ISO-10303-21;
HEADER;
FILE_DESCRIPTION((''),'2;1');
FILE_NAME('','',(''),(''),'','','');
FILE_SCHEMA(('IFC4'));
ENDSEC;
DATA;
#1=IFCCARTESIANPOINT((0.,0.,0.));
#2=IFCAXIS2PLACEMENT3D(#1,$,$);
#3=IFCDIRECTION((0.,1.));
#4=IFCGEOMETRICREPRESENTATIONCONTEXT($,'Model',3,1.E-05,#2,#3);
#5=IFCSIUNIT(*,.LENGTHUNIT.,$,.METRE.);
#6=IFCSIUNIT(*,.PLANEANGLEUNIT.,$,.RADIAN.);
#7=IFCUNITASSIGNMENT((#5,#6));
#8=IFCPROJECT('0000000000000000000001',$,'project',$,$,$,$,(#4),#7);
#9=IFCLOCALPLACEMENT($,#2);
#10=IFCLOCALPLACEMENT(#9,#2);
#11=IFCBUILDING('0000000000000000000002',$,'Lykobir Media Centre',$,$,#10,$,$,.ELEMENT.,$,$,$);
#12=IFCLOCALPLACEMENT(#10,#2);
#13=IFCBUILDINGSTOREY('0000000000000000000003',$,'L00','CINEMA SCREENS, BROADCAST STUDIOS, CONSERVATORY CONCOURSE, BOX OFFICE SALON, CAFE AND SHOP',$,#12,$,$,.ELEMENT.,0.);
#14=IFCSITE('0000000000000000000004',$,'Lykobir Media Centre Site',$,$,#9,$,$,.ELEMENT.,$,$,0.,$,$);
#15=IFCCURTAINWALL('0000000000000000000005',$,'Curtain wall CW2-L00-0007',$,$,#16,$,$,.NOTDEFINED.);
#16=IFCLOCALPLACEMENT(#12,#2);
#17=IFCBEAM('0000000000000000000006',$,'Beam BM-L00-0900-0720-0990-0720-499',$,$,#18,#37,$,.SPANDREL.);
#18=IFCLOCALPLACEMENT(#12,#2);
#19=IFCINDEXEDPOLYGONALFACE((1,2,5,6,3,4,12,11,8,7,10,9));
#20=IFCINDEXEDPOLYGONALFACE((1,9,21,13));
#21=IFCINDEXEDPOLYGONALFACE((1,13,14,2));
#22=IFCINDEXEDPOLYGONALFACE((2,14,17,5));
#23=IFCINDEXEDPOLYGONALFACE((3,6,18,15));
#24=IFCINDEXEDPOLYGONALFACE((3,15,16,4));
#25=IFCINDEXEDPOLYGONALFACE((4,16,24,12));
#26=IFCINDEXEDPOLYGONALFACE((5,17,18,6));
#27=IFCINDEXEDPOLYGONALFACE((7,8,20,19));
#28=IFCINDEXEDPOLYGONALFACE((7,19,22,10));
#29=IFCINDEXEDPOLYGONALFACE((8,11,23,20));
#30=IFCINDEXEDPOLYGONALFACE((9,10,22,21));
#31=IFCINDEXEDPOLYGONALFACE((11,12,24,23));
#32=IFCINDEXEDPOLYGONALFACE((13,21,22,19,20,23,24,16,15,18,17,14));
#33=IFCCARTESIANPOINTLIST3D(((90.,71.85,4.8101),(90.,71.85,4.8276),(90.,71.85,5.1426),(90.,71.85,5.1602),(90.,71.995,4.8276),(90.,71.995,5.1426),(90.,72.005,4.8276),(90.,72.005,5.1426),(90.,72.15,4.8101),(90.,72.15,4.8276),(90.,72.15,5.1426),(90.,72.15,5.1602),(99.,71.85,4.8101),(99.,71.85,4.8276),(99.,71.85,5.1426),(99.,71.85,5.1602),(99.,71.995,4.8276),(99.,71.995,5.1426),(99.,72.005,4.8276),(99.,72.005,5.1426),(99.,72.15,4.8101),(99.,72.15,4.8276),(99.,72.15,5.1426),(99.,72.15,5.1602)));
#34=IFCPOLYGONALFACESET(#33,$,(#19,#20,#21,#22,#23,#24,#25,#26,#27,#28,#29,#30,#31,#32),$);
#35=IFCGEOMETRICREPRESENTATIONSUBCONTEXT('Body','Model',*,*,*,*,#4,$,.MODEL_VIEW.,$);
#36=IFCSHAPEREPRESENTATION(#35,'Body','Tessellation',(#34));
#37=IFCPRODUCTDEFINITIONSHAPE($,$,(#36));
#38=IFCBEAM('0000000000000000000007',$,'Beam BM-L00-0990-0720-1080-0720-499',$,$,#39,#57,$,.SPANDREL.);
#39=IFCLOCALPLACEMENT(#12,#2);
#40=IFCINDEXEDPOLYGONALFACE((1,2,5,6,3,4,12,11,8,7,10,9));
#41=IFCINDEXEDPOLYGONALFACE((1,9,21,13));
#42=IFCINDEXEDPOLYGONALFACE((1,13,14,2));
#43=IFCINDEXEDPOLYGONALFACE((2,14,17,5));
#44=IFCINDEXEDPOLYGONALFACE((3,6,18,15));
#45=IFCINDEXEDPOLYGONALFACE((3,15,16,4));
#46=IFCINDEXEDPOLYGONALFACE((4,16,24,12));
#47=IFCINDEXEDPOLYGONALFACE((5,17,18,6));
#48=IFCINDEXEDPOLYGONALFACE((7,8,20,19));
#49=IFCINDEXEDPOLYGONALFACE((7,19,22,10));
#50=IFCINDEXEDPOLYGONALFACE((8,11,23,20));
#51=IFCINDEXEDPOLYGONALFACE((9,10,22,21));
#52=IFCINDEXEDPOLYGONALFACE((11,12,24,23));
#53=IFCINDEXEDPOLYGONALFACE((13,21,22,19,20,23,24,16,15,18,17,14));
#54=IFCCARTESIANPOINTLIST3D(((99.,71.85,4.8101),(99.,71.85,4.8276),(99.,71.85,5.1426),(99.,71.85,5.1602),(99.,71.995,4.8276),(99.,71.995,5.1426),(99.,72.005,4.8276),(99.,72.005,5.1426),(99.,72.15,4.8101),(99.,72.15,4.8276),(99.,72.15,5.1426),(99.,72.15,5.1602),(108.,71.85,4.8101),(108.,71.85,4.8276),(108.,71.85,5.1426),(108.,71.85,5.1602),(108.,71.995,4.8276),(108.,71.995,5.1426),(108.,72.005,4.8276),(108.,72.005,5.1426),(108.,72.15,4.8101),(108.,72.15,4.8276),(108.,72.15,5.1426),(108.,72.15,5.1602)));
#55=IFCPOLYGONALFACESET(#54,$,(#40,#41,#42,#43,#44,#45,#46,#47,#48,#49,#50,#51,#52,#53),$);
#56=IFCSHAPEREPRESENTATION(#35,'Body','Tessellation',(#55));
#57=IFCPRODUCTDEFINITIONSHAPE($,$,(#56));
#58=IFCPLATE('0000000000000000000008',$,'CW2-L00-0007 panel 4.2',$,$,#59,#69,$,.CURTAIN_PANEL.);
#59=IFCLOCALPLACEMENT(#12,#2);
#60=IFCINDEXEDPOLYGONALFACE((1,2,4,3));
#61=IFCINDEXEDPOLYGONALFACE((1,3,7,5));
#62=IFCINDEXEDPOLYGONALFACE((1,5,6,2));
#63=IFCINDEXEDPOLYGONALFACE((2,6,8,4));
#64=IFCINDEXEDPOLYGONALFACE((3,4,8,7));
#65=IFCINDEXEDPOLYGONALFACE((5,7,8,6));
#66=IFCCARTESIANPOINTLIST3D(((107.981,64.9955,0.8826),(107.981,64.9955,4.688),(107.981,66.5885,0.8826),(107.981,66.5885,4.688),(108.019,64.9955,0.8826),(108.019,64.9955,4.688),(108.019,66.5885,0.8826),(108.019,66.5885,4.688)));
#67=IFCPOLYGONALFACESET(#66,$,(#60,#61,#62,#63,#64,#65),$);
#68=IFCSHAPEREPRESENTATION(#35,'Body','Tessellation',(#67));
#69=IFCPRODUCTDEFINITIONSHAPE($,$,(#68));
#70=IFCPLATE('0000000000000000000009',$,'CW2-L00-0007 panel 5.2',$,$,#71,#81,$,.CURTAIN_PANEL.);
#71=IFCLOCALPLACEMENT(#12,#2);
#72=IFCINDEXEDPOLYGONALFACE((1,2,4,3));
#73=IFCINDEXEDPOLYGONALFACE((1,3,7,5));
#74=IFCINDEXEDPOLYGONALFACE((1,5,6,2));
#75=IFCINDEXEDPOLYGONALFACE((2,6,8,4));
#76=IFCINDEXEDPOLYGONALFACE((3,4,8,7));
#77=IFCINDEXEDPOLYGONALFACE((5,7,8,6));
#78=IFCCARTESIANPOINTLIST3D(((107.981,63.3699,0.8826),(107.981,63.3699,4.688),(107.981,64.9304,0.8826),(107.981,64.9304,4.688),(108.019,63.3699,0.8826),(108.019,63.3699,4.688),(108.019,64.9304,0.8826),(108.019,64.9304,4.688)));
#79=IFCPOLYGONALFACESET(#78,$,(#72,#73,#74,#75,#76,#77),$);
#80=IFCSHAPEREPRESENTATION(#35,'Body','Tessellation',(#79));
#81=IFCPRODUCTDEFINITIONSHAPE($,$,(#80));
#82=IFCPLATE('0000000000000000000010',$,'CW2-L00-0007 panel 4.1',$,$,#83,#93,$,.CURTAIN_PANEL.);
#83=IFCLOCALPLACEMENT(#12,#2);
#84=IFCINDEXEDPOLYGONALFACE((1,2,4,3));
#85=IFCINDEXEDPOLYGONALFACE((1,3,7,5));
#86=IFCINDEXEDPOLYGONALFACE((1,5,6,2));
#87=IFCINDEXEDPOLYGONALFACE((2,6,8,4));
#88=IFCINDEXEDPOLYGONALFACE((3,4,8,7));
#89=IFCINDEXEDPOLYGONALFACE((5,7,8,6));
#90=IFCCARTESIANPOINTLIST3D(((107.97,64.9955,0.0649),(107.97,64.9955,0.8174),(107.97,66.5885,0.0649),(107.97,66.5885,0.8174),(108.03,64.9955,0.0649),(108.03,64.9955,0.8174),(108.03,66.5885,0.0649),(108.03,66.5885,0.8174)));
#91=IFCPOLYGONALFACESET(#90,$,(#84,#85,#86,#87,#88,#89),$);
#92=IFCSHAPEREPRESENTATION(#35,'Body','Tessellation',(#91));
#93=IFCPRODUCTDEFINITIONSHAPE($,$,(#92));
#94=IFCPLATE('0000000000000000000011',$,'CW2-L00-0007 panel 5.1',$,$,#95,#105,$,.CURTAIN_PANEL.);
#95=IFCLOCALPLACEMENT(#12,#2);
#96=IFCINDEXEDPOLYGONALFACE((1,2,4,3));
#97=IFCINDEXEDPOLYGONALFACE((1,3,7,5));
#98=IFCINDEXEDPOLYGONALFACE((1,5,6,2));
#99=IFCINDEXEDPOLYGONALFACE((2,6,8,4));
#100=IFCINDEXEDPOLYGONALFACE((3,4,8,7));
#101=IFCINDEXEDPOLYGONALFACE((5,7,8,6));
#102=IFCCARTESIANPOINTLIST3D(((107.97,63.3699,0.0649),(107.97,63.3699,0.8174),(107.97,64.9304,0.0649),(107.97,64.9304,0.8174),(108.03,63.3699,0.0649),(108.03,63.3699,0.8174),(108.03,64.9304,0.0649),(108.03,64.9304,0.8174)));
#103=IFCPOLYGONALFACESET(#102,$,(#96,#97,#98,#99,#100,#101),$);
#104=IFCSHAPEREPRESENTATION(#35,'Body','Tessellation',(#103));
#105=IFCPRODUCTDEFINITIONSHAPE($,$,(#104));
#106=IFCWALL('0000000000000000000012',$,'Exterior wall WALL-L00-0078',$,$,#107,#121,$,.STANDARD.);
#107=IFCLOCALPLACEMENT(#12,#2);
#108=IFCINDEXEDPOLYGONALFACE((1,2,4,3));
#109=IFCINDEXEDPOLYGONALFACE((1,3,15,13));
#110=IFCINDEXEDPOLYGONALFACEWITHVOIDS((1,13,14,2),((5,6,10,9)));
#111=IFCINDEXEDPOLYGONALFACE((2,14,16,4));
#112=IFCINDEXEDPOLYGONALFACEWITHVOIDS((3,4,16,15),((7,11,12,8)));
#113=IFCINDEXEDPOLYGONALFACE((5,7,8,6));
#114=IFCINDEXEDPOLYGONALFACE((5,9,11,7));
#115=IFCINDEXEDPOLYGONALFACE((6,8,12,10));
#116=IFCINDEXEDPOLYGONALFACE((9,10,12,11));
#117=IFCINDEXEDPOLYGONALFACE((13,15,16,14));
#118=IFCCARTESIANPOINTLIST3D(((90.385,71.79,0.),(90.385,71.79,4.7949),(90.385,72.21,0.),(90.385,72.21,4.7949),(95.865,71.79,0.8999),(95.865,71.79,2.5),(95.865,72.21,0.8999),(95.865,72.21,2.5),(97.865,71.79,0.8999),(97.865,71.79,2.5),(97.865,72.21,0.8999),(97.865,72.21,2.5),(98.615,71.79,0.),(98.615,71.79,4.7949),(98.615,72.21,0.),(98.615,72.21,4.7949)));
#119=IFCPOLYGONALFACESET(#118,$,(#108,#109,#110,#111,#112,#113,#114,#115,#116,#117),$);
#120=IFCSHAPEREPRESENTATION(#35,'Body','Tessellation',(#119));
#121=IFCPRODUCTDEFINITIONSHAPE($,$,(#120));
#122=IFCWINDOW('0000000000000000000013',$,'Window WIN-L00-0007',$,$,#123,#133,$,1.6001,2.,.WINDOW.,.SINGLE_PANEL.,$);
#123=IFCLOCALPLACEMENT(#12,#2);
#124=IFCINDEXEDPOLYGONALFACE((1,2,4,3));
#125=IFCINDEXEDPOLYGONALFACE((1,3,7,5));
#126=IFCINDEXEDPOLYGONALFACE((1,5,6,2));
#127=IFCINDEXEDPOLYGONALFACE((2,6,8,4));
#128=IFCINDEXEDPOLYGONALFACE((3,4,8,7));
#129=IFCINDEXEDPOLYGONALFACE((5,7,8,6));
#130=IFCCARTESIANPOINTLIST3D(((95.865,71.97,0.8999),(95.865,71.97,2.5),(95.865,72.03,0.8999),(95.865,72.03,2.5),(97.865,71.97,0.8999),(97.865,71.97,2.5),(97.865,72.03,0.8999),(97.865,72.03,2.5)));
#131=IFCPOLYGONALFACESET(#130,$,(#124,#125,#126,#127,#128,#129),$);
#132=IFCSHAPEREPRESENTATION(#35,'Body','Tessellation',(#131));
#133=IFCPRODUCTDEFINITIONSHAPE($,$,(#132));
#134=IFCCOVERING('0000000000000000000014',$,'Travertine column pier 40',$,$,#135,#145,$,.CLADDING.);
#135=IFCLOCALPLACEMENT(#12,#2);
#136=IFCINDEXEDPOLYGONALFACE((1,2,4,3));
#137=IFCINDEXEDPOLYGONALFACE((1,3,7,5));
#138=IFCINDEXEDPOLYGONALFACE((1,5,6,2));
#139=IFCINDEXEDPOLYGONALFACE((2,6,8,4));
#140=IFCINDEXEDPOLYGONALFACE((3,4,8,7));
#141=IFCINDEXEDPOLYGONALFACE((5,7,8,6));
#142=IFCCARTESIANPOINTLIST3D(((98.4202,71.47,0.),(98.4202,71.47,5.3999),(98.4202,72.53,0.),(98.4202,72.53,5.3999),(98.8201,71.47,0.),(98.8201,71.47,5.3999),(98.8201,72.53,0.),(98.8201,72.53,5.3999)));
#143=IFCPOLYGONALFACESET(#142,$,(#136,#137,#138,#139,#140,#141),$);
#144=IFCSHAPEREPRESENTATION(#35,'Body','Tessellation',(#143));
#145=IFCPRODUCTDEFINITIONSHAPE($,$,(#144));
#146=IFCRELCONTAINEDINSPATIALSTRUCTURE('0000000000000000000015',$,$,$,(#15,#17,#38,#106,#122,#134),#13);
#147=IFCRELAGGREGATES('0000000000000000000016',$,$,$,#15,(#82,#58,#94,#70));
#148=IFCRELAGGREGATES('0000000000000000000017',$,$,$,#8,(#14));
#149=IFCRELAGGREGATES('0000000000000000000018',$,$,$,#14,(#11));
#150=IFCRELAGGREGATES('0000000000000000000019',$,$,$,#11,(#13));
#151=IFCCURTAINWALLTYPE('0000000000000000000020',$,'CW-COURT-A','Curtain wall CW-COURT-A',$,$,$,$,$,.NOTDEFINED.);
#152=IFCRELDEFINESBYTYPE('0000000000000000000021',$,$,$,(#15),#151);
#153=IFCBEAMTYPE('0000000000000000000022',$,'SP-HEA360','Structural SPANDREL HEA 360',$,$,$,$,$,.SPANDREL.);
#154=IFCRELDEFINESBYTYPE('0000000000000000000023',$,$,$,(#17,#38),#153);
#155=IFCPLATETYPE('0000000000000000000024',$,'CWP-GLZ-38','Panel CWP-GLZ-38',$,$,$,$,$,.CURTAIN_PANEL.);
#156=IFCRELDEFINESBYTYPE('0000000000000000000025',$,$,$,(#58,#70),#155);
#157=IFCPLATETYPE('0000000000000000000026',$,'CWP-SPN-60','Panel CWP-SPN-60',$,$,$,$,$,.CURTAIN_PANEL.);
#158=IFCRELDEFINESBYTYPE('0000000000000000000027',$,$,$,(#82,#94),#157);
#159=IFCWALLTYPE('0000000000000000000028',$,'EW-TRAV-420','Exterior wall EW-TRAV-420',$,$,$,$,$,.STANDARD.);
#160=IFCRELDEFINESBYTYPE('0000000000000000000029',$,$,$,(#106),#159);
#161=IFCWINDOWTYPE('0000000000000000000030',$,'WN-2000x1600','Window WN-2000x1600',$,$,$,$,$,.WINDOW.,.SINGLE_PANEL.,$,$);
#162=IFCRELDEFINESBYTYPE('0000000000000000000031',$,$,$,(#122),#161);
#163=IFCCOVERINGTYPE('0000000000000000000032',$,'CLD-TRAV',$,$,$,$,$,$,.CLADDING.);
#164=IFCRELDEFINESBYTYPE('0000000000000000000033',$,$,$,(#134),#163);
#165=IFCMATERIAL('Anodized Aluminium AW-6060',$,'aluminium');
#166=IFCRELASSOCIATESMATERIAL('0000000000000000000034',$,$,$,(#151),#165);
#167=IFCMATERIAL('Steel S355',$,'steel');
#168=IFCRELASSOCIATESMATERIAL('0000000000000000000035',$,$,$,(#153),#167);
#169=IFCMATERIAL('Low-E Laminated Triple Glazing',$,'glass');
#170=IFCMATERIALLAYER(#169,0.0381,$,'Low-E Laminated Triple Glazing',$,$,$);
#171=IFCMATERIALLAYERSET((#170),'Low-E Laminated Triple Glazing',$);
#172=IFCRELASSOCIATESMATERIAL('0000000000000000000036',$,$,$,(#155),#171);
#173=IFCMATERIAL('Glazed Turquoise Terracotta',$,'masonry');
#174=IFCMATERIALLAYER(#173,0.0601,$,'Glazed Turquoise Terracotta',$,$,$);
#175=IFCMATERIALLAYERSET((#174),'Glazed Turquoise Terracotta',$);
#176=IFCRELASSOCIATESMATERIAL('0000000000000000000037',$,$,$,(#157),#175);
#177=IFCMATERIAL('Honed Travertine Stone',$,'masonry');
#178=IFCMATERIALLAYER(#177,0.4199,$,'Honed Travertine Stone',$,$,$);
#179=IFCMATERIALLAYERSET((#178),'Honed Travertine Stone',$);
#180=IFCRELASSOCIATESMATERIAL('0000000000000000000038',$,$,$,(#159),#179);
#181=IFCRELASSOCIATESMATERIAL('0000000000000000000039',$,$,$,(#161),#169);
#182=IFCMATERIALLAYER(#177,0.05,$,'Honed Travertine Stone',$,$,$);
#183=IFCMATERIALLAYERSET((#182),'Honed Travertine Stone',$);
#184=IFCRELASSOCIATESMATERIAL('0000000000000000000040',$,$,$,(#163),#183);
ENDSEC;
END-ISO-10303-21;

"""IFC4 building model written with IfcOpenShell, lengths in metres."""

from ifc_helpers import new_model, si_unit, direction, frame, frame_2d, origin, origin_2d, place, context, subcontext, project, spatial, rectangle, i_section, extrude, material, layer, layer_set, material_profile, profile_set, type_object, element, fill, aggregate, save


model = new_model("IFC4")

# Units and contexts
model_context = context("Model", 3, precision=1e-05, world=origin(), true_north=direction((0.0, 1.0)))
body_context = subcontext(model_context, "Body", "Model", "MODEL_VIEW")
ifc_project = project(units=[si_unit("LENGTHUNIT", "METRE"), si_unit("PLANEANGLEUNIT", "RADIAN")], contexts=[model_context])

# Site, building, storey
site_placement = place(None, origin())
site = spatial("IfcSite", under=ifc_project, at=site_placement, Name="Lykobir Media Centre Site", CompositionType="ELEMENT", RefElevation=0.0)
building_placement = place(site_placement, origin())
building = spatial("IfcBuilding", under=site, at=building_placement, Name="Lykobir Media Centre", CompositionType="ELEMENT")
storey_placement = place(building_placement, origin())
storey = spatial("IfcBuildingStorey", under=building, at=storey_placement, Name="L00", Description="CINEMA SCREENS, BROADCAST STUDIOS, CONSERVATORY CONCOURSE, BOX OFFICE SALON, CAFE AND SHOP", CompositionType="ELEMENT", Elevation=0.0)

# Shared definitions
ifc_material_1 = material(Name="Steel S355", Category="steel")

# Curtain wall
ifc_material_2 = material(Name="Anodized Aluminium AW-6060", Category="aluminium")
curtain_wall_type = type_object("IfcCurtainWallType", Name="CW-COURT-A", Description="Curtain wall CW-COURT-A", PredefinedType="NOTDEFINED", material=ifc_material_2)
curtain_wall_placement = place(storey_placement, origin())
curtain_wall = element("IfcCurtainWall", 1, at=curtain_wall_placement, inside=storey, type_object=curtain_wall_type, Name="Curtain wall CW2-L00-0007", PredefinedType="NOTDEFINED")

# Beams
ifc_material_profile_1 = material_profile(ifc_material_1, i_section(OverallWidth=0.3, OverallDepth=0.3501, WebThickness=0.01, FlangeThickness=0.0176, at=origin_2d()), Name="HEA 360")
ifc_profile_set_1 = profile_set([ifc_material_profile_1], Name="Steel S355")
beam_type_1 = type_object("IfcBeamType", Name="SP-HEA360", Description="Structural SPANDREL HEA 360", PredefinedType="SPANDREL", material=ifc_profile_set_1)
for number, where, z_axis, x_axis, name in (
    (2, (90.0, 72.0, 4.9851), (1.0, 0.0, 0.0), (0.0, 1.0, 0.0), "Beam BM-L00-0900-0720-0990-0720-499"),
    (3, (99.0, 72.0, 4.9851), (1.0, 0.0, 0.0), (0.0, 1.0, 0.0), "Beam BM-L00-0990-0720-1080-0720-499"),
):
    element("IfcBeam", number, at=place(storey_placement, frame(where, z_axis=z_axis, x_axis=x_axis)), inside=storey, type_object=beam_type_1, Name=name, PredefinedType="SPANDREL", context=body_context, shape_type="SweptSolid", body=[
        extrude(i_section(OverallWidth=0.3, OverallDepth=0.3501, WebThickness=0.01, FlangeThickness=0.0176, at=origin_2d()), origin(), (0.0, 0.0, 1.0), 9.0),
    ])

# Plates
ifc_material_3 = material(Name="Low-E Laminated Triple Glazing", Category="glass")
ifc_layer_1 = layer(ifc_material_3, 0.0381, Name="Low-E Laminated Triple Glazing")
ifc_layer_set_1 = layer_set([ifc_layer_1], Name="Low-E Laminated Triple Glazing")
plate_type_1 = type_object("IfcPlateType", Name="CWP-GLZ-38", Description="Panel CWP-GLZ-38", PredefinedType="CURTAIN_PANEL", material=ifc_layer_set_1)
plate_1_placement = place(storey_placement, frame((108.0, 65.792, 0.8826), z_axis=(0.0, 0.0, 1.0), x_axis=(0.0, -1.0, 0.0)))
plate_1 = element("IfcPlate", 4, at=plate_1_placement, type_object=plate_type_1, Name="CW2-L00-0007 panel 4.2", PredefinedType="CURTAIN_PANEL", context=body_context, shape_type="SweptSolid", body=[
    extrude(rectangle(XDim=1.593, YDim=0.0381, at=origin_2d()), origin(), (0.0, 0.0, 1.0), 3.8054),
])
plate_2_placement = place(storey_placement, frame((108.0, 64.1501, 0.8826), z_axis=(0.0, 0.0, 1.0), x_axis=(0.0, -1.0, 0.0)))
plate_2 = element("IfcPlate", 5, at=plate_2_placement, type_object=plate_type_1, Name="CW2-L00-0007 panel 5.2", PredefinedType="CURTAIN_PANEL", context=body_context, shape_type="SweptSolid", body=[
    extrude(rectangle(XDim=1.5605, YDim=0.0381, at=origin_2d()), origin(), (0.0, 0.0, 1.0), 3.8054),
])
ifc_material_4 = material(Name="Glazed Turquoise Terracotta", Category="masonry")
ifc_layer_2 = layer(ifc_material_4, 0.0601, Name="Glazed Turquoise Terracotta")
ifc_layer_set_2 = layer_set([ifc_layer_2], Name="Glazed Turquoise Terracotta")
plate_type_2 = type_object("IfcPlateType", Name="CWP-SPN-60", Description="Panel CWP-SPN-60", PredefinedType="CURTAIN_PANEL", material=ifc_layer_set_2)
plate_3_placement = place(storey_placement, frame((108.0, 65.792, 0.0649), z_axis=(0.0, 0.0, 1.0), x_axis=(0.0, -1.0, 0.0)))
plate_3 = element("IfcPlate", 6, at=plate_3_placement, type_object=plate_type_2, Name="CW2-L00-0007 panel 4.1", PredefinedType="CURTAIN_PANEL", context=body_context, shape_type="SweptSolid", body=[
    extrude(rectangle(XDim=1.593, YDim=0.0601, at=origin_2d()), origin(), (0.0, 0.0, 1.0), 0.7524),
])
plate_4_placement = place(storey_placement, frame((108.0, 64.1501, 0.0649), z_axis=(0.0, 0.0, 1.0), x_axis=(0.0, -1.0, 0.0)))
plate_4 = element("IfcPlate", 7, at=plate_4_placement, type_object=plate_type_2, Name="CW2-L00-0007 panel 5.1", PredefinedType="CURTAIN_PANEL", context=body_context, shape_type="SweptSolid", body=[
    extrude(rectangle(XDim=1.5605, YDim=0.0601, at=origin_2d()), origin(), (0.0, 0.0, 1.0), 0.7524),
])
aggregate(curtain_wall, [plate_3, plate_1, plate_4, plate_2])

# Wall, opening, window
ifc_material_5 = material(Name="Honed Travertine Stone", Category="masonry")
ifc_layer_3 = layer(ifc_material_5, 0.4199, Name="Honed Travertine Stone")
ifc_layer_set_3 = layer_set([ifc_layer_3], Name="Honed Travertine Stone")
wall_type = type_object("IfcWallType", Name="EW-TRAV-420", Description="Exterior wall EW-TRAV-420", PredefinedType="STANDARD", material=ifc_layer_set_3)
wall_placement = place(storey_placement, frame((98.615, 72.0, 0.0), z_axis=(0.0, 0.0, 1.0), x_axis=(-1.0, 0.0, 0.0)))
wall = element("IfcWall", 8, at=wall_placement, inside=storey, type_object=wall_type, Name="Exterior wall WALL-L00-0078", PredefinedType="STANDARD", context=body_context, shape_type="SweptSolid", body=[
    extrude(rectangle(XDim=8.23, YDim=0.4199, at=frame_2d((4.115, 0.0))), origin(), (0.0, 0.0, 1.0), 4.7949),
])
opening_placement = place(wall_placement, frame((0.75, 0.0, 0.8999)))
opening = element("IfcOpeningElement", 9, at=opening_placement, cuts=wall, PredefinedType="OPENING", context=body_context, shape_type="SweptSolid", body=[
    extrude(rectangle(XDim=2.0, YDim=1.6001, at=frame_2d((1.0, 0.8))), frame((0.0, 0.22, 0.0), z_axis=(0.0, -1.0, 0.0), x_axis=(1.0, 0.0, 0.0)), (0.0, 0.0, 1.0), 0.4399),
])
window_type = type_object("IfcWindowType", Name="WN-2000x1600", Description="Window WN-2000x1600", PartitioningType="SINGLE_PANEL", PredefinedType="WINDOW", material=ifc_material_3)
window_placement = place(opening_placement, origin())
window = element("IfcWindow", 10, at=window_placement, inside=storey, type_object=window_type, Name="Window WIN-L00-0007", OverallHeight=1.6001, OverallWidth=2.0, PartitioningType="SINGLE_PANEL", PredefinedType="WINDOW", context=body_context, shape_type="SweptSolid", body=[
    extrude(rectangle(XDim=2.0, YDim=1.6001, at=frame_2d((1.0, 0.8))), frame((0.0, 0.03, 0.0), z_axis=(0.0, -1.0, 0.0), x_axis=(1.0, 0.0, 0.0)), (0.0, 0.0, 1.0), 0.0601),
])
fill(opening, window)

# Covering
ifc_layer_4 = layer(ifc_material_5, 0.05, Name="Honed Travertine Stone")
ifc_layer_set_4 = layer_set([ifc_layer_4], Name="Honed Travertine Stone")
covering_type = type_object("IfcCoveringType", Name="CLD-TRAV", PredefinedType="CLADDING", material=ifc_layer_set_4)
covering_placement = place(storey_placement, frame((98.6201, 72.0, 0.0), z_axis=(0.0, 0.0, 1.0), x_axis=(0.0, -1.0, 0.0)))
element("IfcCovering", 11, at=covering_placement, inside=storey, type_object=covering_type, Name="Travertine column pier 40", PredefinedType="CLADDING", context=body_context, shape_type="SweptSolid", body=[
    extrude(rectangle(XDim=1.0601, YDim=0.3999, at=origin_2d()), origin(), (0.0, 0.0, 1.0), 5.3999),
])

save(model, "model.ifc")
